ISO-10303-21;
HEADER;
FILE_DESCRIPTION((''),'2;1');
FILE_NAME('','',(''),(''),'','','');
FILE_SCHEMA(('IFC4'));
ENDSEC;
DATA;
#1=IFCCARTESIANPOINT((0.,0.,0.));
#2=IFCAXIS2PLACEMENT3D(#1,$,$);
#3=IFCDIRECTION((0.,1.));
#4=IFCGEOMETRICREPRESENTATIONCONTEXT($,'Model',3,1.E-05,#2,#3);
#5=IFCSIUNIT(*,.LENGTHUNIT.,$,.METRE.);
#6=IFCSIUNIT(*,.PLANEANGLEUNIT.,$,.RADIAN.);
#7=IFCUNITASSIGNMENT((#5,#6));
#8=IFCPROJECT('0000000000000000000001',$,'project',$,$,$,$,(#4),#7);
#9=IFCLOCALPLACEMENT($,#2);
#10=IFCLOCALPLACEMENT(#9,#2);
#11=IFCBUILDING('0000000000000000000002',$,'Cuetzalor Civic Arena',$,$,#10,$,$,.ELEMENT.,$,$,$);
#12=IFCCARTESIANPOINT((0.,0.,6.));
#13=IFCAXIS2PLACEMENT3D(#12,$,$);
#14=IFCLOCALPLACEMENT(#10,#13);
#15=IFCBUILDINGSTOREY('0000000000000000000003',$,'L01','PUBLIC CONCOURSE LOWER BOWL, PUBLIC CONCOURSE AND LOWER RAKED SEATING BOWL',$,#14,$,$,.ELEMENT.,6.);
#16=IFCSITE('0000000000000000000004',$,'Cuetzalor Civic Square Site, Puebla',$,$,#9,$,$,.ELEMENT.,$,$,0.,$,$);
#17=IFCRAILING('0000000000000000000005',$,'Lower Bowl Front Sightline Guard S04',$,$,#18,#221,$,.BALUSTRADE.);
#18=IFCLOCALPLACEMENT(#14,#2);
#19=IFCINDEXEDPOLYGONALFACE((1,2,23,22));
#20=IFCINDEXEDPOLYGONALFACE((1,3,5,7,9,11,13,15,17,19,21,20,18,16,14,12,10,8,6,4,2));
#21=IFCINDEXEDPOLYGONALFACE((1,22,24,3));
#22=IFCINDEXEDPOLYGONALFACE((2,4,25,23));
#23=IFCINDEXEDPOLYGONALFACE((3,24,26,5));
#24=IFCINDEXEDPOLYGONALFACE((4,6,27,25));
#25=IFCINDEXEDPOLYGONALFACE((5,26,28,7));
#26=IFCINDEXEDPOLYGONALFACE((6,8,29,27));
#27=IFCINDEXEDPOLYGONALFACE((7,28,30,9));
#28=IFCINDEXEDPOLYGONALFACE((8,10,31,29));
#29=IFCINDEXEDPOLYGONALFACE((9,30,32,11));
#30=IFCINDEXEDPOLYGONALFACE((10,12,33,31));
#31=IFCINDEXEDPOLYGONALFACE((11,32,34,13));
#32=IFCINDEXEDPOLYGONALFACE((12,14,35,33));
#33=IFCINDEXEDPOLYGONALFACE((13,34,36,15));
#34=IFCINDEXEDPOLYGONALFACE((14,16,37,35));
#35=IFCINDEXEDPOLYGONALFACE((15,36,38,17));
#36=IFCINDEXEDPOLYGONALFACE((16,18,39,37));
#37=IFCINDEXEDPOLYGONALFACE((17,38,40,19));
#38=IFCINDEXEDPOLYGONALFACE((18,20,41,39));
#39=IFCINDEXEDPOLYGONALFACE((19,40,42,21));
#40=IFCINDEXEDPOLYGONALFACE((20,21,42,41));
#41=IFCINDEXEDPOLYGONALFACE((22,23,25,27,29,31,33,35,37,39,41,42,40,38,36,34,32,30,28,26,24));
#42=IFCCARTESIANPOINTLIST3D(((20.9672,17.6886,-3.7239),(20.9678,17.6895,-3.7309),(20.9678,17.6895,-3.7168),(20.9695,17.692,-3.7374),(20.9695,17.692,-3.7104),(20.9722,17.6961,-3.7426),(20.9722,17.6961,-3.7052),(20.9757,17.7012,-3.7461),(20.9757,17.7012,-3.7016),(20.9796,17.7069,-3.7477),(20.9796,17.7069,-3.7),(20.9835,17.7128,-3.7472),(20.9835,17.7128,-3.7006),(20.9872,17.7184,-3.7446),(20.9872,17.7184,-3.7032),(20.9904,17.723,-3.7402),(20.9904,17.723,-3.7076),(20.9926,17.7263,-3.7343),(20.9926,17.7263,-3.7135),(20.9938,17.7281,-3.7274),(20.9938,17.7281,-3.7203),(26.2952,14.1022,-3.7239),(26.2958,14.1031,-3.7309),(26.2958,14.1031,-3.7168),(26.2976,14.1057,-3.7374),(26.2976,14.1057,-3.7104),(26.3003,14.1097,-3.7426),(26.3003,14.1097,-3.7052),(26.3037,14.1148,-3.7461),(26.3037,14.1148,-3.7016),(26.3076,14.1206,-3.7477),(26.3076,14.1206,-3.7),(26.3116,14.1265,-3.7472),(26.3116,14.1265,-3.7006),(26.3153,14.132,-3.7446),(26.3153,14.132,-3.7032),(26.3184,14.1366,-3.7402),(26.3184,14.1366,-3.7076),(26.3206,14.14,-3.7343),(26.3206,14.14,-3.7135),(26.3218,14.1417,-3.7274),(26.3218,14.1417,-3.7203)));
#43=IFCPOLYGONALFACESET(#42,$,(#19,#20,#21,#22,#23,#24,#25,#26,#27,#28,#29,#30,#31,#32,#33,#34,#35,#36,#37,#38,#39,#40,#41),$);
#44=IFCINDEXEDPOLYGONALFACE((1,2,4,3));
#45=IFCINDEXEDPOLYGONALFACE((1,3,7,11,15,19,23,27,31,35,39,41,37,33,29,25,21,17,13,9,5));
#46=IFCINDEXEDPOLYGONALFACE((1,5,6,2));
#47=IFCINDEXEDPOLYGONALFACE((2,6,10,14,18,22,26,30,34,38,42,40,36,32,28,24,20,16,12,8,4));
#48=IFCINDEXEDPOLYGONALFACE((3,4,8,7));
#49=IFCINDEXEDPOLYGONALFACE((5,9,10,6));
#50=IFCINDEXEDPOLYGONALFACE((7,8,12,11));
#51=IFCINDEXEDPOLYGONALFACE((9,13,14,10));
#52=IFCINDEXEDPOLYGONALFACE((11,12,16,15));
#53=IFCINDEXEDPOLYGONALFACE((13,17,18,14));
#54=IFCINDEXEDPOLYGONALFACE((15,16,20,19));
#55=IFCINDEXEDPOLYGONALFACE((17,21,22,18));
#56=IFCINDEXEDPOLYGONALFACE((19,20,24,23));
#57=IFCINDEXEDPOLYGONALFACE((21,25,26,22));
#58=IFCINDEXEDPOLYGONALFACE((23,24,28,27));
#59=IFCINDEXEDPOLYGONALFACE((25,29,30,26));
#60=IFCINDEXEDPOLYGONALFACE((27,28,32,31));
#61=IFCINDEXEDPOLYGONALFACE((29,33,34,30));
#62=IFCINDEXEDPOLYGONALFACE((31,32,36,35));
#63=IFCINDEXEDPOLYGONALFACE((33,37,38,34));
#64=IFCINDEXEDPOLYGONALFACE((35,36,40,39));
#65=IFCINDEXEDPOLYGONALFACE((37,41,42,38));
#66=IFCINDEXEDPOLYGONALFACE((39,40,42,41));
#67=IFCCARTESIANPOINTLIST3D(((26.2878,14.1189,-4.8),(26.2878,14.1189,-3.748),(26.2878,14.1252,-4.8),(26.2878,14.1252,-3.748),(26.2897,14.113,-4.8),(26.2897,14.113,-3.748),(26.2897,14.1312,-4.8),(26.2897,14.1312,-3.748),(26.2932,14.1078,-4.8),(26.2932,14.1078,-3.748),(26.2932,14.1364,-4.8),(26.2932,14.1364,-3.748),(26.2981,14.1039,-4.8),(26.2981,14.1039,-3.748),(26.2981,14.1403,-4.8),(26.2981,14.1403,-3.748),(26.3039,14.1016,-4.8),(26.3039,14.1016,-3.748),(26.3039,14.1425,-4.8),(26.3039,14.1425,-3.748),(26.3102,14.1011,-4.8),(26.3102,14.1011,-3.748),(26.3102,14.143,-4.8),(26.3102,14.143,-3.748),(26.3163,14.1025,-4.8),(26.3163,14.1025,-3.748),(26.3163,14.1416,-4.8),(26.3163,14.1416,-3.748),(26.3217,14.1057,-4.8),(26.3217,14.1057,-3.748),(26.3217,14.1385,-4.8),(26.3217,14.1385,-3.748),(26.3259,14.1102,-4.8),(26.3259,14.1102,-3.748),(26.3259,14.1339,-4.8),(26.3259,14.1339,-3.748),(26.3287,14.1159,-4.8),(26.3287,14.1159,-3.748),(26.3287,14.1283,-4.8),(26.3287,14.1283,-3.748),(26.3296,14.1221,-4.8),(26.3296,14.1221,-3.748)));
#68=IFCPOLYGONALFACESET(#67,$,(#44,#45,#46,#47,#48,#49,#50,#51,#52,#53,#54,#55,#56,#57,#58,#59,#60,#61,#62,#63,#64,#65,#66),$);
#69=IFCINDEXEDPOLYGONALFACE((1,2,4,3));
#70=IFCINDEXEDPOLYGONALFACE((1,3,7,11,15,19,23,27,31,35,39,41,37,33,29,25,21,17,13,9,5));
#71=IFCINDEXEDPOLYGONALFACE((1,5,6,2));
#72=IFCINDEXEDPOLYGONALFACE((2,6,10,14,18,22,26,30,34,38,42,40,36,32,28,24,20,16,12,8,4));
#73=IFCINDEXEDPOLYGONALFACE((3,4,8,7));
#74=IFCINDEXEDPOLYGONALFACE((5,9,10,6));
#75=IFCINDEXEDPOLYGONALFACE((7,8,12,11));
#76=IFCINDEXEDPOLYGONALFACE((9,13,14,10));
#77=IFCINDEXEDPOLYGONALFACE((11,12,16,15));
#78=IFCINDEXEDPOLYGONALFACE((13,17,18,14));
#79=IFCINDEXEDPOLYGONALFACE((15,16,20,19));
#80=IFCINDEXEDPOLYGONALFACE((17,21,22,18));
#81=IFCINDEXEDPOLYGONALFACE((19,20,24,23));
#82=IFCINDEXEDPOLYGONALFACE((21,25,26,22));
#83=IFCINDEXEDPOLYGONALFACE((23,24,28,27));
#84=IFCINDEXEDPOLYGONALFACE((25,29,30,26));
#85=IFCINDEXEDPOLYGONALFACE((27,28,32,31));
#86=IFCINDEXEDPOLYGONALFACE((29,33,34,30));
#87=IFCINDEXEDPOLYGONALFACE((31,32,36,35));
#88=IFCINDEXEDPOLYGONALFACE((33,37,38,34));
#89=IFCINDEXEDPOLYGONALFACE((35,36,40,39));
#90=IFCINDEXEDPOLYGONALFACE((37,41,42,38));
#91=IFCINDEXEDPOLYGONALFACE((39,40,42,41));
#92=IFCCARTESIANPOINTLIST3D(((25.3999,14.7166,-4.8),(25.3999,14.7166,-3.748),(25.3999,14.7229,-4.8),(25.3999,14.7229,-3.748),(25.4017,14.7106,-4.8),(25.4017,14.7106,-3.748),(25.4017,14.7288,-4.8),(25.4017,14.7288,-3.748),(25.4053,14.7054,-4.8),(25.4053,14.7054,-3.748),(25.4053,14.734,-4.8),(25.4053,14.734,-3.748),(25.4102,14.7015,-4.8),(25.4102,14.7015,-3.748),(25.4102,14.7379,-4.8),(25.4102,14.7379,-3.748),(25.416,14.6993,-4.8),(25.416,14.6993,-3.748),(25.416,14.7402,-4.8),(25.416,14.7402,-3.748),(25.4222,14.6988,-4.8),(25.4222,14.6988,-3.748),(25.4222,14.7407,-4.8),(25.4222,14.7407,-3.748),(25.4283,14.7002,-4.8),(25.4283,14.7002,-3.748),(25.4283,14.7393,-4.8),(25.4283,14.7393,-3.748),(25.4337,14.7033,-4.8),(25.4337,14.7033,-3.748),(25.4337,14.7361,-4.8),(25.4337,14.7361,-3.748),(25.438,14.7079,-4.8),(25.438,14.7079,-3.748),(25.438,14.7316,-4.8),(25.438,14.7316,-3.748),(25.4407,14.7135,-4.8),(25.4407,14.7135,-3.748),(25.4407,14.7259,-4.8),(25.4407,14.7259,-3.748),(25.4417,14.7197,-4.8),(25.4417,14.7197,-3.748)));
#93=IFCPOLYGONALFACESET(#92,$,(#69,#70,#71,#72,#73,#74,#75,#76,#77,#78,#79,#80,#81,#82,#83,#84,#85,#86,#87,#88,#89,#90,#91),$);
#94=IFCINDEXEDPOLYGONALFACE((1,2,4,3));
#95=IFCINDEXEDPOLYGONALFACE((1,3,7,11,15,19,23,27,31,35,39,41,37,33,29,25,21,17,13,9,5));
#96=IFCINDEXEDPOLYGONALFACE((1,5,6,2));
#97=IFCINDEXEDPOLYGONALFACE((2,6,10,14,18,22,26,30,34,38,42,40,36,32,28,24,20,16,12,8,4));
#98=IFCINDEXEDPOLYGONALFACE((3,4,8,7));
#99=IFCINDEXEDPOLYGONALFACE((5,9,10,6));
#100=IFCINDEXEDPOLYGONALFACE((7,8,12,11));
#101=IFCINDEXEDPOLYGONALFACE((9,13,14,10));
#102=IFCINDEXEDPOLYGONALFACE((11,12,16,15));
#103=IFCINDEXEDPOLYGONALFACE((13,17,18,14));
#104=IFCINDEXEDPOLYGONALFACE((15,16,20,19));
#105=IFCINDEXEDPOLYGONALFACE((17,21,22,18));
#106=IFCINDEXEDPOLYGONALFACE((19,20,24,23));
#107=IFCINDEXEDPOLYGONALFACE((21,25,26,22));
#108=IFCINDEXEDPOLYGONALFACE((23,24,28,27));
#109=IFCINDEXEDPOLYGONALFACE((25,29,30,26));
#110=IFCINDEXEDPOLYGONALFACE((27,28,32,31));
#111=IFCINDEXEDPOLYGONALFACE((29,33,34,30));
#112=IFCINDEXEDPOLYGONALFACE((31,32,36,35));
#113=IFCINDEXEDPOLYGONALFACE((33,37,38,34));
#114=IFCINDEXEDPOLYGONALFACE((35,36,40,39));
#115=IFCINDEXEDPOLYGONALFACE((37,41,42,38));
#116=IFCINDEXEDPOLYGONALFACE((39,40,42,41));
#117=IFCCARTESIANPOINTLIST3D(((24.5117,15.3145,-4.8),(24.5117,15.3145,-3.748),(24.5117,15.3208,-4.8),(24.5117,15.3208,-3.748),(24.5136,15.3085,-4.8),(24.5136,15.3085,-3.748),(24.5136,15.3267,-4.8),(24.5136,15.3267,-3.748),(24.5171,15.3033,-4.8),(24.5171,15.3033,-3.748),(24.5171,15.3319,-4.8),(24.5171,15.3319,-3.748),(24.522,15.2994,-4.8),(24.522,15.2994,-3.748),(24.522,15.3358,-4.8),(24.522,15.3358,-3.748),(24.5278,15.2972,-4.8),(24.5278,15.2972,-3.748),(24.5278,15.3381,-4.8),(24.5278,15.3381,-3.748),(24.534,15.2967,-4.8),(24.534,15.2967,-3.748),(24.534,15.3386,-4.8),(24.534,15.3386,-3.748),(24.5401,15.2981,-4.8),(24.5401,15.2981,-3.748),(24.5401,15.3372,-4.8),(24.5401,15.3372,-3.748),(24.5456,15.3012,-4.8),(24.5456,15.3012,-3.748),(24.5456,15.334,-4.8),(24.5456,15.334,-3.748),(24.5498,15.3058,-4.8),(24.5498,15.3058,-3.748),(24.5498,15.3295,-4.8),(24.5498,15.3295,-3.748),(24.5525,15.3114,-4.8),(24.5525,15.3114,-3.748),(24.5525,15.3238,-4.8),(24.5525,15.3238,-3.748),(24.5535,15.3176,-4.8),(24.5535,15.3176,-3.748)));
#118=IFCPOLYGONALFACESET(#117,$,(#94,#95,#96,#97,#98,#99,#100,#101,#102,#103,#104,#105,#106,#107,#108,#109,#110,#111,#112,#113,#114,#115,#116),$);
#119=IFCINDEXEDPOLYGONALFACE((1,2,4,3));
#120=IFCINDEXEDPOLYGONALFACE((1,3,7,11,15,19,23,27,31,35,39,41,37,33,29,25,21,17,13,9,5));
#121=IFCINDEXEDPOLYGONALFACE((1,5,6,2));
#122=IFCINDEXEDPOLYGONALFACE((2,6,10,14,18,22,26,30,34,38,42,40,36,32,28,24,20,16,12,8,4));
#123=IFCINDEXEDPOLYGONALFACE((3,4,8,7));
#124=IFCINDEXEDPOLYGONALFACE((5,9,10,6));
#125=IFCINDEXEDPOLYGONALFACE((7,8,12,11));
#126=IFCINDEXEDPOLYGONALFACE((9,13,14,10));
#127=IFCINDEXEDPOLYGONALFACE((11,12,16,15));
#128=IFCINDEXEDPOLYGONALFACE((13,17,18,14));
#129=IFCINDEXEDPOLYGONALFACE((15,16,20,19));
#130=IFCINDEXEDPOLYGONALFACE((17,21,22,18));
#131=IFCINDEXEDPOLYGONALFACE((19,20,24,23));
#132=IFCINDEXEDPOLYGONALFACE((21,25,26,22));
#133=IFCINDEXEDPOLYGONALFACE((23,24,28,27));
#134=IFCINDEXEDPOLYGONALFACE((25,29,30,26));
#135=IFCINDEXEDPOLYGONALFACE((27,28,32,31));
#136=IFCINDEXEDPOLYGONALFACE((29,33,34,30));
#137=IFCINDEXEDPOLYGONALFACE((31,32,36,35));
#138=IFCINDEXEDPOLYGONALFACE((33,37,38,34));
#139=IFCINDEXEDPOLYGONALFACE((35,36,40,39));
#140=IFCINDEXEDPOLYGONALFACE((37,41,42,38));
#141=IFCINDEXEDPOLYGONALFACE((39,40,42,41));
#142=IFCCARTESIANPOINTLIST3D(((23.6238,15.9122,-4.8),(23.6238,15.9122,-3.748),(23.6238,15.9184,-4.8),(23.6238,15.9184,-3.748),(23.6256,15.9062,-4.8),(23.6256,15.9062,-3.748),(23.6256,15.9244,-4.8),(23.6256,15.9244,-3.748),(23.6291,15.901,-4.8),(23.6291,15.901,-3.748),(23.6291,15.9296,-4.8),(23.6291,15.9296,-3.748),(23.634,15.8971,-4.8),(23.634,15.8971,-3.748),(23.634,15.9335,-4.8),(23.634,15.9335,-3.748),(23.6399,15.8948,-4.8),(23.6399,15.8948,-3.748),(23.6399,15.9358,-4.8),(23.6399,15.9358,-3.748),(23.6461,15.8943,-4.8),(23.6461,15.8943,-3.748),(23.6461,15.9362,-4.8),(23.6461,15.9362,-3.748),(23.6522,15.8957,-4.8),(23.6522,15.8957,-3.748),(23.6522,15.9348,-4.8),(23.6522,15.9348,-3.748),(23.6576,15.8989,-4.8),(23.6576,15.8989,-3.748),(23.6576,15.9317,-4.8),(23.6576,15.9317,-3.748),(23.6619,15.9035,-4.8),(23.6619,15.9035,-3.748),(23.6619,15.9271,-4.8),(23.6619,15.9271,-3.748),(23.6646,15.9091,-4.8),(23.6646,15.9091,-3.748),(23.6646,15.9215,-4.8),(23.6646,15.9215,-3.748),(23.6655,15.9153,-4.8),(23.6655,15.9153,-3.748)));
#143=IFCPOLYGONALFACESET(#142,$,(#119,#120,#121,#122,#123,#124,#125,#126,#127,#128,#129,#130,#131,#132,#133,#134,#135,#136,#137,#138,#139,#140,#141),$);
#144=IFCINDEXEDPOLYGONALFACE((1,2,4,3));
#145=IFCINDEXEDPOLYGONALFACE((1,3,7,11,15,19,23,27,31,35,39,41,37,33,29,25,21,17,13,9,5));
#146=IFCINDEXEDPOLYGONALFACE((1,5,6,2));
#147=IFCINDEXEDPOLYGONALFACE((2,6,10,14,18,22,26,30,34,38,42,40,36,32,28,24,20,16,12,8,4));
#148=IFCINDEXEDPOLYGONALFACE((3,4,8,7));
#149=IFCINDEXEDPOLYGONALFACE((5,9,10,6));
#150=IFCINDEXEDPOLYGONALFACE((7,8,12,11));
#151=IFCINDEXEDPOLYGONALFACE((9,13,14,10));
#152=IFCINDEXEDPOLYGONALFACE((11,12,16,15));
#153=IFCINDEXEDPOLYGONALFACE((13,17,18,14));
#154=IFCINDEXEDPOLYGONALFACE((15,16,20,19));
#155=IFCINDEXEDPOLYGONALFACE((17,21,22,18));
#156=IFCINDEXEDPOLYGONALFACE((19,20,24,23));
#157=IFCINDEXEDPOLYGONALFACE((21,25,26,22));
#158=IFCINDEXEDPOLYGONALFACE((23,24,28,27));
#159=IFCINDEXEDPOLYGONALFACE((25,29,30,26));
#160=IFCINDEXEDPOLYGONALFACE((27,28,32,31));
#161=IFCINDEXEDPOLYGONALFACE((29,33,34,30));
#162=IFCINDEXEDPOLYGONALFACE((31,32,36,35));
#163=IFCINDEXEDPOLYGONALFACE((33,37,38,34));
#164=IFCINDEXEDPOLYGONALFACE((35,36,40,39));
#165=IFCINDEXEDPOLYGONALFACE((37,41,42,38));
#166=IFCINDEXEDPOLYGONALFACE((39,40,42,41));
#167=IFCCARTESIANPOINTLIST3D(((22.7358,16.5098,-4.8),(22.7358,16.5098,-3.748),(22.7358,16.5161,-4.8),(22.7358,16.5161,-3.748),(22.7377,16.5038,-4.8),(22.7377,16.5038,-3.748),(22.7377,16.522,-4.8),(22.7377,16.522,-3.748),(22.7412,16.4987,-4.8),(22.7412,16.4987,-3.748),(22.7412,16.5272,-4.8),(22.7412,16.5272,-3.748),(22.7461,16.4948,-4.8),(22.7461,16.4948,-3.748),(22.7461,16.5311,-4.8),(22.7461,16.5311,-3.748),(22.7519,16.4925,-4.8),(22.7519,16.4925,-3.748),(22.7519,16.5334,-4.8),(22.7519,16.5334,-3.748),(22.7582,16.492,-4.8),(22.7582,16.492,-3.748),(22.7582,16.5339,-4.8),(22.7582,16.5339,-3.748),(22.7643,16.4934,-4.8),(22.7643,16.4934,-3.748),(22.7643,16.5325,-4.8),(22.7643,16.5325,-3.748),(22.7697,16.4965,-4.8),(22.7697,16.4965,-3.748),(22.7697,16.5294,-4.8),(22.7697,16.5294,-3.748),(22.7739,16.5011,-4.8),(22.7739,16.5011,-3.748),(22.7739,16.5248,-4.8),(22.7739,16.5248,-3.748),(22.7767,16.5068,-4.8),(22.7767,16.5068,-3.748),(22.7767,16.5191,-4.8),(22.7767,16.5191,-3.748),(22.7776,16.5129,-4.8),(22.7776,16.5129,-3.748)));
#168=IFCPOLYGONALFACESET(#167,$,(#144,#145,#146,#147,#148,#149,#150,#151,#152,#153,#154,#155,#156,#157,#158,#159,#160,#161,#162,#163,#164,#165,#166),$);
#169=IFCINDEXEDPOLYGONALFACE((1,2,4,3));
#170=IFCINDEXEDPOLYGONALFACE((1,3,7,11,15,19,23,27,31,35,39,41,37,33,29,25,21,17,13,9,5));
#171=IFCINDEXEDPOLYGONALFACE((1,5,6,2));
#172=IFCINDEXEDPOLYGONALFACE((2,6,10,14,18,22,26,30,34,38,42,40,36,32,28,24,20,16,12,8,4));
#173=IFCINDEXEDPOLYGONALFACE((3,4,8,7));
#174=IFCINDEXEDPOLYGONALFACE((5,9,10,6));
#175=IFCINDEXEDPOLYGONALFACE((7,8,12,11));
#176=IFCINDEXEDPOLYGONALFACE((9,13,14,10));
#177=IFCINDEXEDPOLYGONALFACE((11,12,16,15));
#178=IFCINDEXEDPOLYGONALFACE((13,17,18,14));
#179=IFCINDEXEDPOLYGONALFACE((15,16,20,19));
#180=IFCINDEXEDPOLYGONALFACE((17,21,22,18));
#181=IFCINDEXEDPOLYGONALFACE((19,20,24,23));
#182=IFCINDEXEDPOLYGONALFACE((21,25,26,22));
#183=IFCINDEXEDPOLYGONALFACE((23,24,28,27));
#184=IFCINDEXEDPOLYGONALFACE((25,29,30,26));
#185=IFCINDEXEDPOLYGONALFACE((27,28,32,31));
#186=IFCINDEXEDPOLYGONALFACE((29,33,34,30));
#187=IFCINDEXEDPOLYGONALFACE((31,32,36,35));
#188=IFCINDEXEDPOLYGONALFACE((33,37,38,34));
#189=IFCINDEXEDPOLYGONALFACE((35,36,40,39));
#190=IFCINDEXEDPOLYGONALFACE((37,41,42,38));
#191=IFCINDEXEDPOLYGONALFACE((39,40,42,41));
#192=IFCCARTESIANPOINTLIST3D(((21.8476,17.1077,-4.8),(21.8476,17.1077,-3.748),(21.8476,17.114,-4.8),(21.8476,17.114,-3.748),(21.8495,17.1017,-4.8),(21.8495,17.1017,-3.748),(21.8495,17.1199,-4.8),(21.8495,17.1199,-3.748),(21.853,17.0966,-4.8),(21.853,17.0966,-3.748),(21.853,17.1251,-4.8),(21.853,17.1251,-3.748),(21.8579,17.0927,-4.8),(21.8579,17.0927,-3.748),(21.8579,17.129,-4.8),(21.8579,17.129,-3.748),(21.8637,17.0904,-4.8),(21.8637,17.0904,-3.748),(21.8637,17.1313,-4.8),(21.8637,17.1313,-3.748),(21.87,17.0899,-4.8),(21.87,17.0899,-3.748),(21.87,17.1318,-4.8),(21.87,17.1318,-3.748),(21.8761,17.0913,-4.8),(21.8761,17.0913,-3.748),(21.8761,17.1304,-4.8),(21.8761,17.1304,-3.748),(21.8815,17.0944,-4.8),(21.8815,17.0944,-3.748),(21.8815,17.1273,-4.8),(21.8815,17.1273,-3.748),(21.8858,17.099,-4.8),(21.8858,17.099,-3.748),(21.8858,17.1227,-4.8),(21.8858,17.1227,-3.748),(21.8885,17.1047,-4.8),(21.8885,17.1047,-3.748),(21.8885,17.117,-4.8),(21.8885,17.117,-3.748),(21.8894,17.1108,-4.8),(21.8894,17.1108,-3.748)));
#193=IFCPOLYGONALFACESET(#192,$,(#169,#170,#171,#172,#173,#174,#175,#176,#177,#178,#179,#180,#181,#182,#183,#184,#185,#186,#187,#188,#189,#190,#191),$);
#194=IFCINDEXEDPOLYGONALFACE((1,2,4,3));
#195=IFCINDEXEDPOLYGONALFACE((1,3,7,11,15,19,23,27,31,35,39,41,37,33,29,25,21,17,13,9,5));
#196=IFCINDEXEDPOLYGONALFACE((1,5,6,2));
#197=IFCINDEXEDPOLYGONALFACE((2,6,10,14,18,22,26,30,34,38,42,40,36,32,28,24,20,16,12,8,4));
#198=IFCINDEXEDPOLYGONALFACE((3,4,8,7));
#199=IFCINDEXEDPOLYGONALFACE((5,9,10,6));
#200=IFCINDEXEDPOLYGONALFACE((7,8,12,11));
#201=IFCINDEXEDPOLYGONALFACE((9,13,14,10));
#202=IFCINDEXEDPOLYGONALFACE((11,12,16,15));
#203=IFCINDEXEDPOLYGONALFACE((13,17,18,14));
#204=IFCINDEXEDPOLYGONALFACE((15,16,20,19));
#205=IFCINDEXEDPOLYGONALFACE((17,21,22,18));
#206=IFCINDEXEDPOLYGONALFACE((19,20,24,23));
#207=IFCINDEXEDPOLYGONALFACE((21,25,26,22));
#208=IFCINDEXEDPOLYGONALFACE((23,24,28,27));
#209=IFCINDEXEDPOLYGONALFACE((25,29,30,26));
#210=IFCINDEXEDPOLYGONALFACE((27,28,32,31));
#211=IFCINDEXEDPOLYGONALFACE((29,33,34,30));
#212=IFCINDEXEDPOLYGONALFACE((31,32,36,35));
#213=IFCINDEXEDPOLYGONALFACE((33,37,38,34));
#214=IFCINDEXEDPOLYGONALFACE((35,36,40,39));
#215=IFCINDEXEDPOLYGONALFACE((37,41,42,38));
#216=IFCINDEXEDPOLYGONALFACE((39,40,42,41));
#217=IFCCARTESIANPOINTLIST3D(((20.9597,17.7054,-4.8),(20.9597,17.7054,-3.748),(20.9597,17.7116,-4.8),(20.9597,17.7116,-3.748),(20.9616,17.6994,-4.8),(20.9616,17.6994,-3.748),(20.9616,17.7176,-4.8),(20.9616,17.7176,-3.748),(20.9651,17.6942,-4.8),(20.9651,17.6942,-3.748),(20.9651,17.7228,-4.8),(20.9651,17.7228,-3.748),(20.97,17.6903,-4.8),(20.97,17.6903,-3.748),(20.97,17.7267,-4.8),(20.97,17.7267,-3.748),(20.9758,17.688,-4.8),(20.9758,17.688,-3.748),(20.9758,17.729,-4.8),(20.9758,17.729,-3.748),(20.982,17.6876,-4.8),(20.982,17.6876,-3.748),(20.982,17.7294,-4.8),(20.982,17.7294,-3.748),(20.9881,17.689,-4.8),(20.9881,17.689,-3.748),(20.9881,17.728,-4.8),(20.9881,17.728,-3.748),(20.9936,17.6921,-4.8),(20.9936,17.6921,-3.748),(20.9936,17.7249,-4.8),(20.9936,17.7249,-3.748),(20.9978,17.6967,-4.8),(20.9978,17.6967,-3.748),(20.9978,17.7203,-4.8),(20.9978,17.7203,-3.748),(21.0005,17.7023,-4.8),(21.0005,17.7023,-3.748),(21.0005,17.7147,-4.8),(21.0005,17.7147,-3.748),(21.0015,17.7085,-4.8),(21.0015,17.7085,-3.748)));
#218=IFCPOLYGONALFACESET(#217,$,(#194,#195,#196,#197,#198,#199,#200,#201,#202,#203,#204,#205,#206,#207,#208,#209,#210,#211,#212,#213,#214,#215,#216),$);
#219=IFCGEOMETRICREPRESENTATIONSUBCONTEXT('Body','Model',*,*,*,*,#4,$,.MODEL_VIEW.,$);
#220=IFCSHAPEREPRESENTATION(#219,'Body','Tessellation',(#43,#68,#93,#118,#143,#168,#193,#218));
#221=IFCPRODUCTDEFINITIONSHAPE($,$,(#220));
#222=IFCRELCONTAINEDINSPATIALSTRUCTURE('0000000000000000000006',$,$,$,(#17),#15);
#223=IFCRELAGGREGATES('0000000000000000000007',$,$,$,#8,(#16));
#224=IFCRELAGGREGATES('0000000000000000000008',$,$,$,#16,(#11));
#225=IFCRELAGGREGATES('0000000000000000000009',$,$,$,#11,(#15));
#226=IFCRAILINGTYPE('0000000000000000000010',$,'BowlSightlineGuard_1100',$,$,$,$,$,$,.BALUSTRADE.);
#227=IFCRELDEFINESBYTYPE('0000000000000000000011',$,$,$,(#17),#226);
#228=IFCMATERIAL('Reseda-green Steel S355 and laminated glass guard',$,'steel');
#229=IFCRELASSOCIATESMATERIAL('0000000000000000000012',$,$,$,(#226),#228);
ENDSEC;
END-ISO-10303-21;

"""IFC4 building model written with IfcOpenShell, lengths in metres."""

from ifc_helpers import new_model, si_unit, direction, frame, origin, origin_2d, place, context, subcontext, project, spatial, circle, extrude, material, type_object, element, save


model = new_model("IFC4")

# Units and contexts
model_context = context("Model", 3, precision=1e-05, world=origin(), true_north=direction((0.0, 1.0)))
body_context = subcontext(model_context, "Body", "Model", "MODEL_VIEW")
ifc_project = project(units=[si_unit("LENGTHUNIT", "METRE"), si_unit("PLANEANGLEUNIT", "RADIAN")], contexts=[model_context])

# Site, building, storey
site_placement = place(None, origin())
site = spatial("IfcSite", under=ifc_project, at=site_placement, Name="Cuetzalor Civic Square Site, Puebla", CompositionType="ELEMENT", RefElevation=0.0)
building_placement = place(site_placement, origin())
building = spatial("IfcBuilding", under=site, at=building_placement, Name="Cuetzalor Civic Arena", CompositionType="ELEMENT")
storey_placement = place(building_placement, frame((0.0, 0.0, 6.0)))
storey = spatial("IfcBuildingStorey", under=building, at=storey_placement, Name="L01", Description="PUBLIC CONCOURSE LOWER BOWL, PUBLIC CONCOURSE AND LOWER RAKED SEATING BOWL", CompositionType="ELEMENT", Elevation=6.0)

# Railing
ifc_material_1 = material(Name="Reseda-green Steel S355 and laminated glass guard", Category="steel")
railing_type = type_object("IfcRailingType", Name="BowlSightlineGuard_1100", PredefinedType="BALUSTRADE", material=ifc_material_1)
railing_1_placement = place(storey_placement, frame((26.3086, 14.1221, -4.8)))
element("IfcRailing", 1, at=railing_1_placement, inside=storey, type_object=railing_type, Name="Lower Bowl Front Sightline Guard S04", PredefinedType="BALUSTRADE", context=body_context, shape_type="SweptSolid", body=[
    extrude(circle(Radius=0.0239, at=origin_2d()), frame((0.0, 0.0, 1.0762), z_axis=(-0.829574, 0.558396, 0.0), x_axis=(-0.558396, -0.829574, 0.0)), (0.0, 0.0, 1.0), 6.4226),
    extrude(circle(Radius=0.021, at=origin_2d()), origin(), (0.0, 0.0, 1.0), 1.052),
    extrude(circle(Radius=0.021, at=origin_2d()), frame((-0.8879, 0.5977, 0.0)), (0.0, 0.0, 1.0), 1.052),
    extrude(circle(Radius=0.021, at=origin_2d()), frame((-1.7761, 1.1956, 0.0)), (0.0, 0.0, 1.0), 1.052),
    extrude(circle(Radius=0.021, at=origin_2d()), frame((-2.6641, 1.7932, 0.0)), (0.0, 0.0, 1.0), 1.052),
    extrude(circle(Radius=0.021, at=origin_2d()), frame((-3.552, 2.3909, 0.0)), (0.0, 0.0, 1.0), 1.052),
    extrude(circle(Radius=0.021, at=origin_2d()), frame((-4.4402, 2.9888, 0.0)), (0.0, 0.0, 1.0), 1.052),
    extrude(circle(Radius=0.021, at=origin_2d()), frame((-5.3281, 3.5864, 0.0)), (0.0, 0.0, 1.0), 1.052),
])

save(model, "model.ifc")
